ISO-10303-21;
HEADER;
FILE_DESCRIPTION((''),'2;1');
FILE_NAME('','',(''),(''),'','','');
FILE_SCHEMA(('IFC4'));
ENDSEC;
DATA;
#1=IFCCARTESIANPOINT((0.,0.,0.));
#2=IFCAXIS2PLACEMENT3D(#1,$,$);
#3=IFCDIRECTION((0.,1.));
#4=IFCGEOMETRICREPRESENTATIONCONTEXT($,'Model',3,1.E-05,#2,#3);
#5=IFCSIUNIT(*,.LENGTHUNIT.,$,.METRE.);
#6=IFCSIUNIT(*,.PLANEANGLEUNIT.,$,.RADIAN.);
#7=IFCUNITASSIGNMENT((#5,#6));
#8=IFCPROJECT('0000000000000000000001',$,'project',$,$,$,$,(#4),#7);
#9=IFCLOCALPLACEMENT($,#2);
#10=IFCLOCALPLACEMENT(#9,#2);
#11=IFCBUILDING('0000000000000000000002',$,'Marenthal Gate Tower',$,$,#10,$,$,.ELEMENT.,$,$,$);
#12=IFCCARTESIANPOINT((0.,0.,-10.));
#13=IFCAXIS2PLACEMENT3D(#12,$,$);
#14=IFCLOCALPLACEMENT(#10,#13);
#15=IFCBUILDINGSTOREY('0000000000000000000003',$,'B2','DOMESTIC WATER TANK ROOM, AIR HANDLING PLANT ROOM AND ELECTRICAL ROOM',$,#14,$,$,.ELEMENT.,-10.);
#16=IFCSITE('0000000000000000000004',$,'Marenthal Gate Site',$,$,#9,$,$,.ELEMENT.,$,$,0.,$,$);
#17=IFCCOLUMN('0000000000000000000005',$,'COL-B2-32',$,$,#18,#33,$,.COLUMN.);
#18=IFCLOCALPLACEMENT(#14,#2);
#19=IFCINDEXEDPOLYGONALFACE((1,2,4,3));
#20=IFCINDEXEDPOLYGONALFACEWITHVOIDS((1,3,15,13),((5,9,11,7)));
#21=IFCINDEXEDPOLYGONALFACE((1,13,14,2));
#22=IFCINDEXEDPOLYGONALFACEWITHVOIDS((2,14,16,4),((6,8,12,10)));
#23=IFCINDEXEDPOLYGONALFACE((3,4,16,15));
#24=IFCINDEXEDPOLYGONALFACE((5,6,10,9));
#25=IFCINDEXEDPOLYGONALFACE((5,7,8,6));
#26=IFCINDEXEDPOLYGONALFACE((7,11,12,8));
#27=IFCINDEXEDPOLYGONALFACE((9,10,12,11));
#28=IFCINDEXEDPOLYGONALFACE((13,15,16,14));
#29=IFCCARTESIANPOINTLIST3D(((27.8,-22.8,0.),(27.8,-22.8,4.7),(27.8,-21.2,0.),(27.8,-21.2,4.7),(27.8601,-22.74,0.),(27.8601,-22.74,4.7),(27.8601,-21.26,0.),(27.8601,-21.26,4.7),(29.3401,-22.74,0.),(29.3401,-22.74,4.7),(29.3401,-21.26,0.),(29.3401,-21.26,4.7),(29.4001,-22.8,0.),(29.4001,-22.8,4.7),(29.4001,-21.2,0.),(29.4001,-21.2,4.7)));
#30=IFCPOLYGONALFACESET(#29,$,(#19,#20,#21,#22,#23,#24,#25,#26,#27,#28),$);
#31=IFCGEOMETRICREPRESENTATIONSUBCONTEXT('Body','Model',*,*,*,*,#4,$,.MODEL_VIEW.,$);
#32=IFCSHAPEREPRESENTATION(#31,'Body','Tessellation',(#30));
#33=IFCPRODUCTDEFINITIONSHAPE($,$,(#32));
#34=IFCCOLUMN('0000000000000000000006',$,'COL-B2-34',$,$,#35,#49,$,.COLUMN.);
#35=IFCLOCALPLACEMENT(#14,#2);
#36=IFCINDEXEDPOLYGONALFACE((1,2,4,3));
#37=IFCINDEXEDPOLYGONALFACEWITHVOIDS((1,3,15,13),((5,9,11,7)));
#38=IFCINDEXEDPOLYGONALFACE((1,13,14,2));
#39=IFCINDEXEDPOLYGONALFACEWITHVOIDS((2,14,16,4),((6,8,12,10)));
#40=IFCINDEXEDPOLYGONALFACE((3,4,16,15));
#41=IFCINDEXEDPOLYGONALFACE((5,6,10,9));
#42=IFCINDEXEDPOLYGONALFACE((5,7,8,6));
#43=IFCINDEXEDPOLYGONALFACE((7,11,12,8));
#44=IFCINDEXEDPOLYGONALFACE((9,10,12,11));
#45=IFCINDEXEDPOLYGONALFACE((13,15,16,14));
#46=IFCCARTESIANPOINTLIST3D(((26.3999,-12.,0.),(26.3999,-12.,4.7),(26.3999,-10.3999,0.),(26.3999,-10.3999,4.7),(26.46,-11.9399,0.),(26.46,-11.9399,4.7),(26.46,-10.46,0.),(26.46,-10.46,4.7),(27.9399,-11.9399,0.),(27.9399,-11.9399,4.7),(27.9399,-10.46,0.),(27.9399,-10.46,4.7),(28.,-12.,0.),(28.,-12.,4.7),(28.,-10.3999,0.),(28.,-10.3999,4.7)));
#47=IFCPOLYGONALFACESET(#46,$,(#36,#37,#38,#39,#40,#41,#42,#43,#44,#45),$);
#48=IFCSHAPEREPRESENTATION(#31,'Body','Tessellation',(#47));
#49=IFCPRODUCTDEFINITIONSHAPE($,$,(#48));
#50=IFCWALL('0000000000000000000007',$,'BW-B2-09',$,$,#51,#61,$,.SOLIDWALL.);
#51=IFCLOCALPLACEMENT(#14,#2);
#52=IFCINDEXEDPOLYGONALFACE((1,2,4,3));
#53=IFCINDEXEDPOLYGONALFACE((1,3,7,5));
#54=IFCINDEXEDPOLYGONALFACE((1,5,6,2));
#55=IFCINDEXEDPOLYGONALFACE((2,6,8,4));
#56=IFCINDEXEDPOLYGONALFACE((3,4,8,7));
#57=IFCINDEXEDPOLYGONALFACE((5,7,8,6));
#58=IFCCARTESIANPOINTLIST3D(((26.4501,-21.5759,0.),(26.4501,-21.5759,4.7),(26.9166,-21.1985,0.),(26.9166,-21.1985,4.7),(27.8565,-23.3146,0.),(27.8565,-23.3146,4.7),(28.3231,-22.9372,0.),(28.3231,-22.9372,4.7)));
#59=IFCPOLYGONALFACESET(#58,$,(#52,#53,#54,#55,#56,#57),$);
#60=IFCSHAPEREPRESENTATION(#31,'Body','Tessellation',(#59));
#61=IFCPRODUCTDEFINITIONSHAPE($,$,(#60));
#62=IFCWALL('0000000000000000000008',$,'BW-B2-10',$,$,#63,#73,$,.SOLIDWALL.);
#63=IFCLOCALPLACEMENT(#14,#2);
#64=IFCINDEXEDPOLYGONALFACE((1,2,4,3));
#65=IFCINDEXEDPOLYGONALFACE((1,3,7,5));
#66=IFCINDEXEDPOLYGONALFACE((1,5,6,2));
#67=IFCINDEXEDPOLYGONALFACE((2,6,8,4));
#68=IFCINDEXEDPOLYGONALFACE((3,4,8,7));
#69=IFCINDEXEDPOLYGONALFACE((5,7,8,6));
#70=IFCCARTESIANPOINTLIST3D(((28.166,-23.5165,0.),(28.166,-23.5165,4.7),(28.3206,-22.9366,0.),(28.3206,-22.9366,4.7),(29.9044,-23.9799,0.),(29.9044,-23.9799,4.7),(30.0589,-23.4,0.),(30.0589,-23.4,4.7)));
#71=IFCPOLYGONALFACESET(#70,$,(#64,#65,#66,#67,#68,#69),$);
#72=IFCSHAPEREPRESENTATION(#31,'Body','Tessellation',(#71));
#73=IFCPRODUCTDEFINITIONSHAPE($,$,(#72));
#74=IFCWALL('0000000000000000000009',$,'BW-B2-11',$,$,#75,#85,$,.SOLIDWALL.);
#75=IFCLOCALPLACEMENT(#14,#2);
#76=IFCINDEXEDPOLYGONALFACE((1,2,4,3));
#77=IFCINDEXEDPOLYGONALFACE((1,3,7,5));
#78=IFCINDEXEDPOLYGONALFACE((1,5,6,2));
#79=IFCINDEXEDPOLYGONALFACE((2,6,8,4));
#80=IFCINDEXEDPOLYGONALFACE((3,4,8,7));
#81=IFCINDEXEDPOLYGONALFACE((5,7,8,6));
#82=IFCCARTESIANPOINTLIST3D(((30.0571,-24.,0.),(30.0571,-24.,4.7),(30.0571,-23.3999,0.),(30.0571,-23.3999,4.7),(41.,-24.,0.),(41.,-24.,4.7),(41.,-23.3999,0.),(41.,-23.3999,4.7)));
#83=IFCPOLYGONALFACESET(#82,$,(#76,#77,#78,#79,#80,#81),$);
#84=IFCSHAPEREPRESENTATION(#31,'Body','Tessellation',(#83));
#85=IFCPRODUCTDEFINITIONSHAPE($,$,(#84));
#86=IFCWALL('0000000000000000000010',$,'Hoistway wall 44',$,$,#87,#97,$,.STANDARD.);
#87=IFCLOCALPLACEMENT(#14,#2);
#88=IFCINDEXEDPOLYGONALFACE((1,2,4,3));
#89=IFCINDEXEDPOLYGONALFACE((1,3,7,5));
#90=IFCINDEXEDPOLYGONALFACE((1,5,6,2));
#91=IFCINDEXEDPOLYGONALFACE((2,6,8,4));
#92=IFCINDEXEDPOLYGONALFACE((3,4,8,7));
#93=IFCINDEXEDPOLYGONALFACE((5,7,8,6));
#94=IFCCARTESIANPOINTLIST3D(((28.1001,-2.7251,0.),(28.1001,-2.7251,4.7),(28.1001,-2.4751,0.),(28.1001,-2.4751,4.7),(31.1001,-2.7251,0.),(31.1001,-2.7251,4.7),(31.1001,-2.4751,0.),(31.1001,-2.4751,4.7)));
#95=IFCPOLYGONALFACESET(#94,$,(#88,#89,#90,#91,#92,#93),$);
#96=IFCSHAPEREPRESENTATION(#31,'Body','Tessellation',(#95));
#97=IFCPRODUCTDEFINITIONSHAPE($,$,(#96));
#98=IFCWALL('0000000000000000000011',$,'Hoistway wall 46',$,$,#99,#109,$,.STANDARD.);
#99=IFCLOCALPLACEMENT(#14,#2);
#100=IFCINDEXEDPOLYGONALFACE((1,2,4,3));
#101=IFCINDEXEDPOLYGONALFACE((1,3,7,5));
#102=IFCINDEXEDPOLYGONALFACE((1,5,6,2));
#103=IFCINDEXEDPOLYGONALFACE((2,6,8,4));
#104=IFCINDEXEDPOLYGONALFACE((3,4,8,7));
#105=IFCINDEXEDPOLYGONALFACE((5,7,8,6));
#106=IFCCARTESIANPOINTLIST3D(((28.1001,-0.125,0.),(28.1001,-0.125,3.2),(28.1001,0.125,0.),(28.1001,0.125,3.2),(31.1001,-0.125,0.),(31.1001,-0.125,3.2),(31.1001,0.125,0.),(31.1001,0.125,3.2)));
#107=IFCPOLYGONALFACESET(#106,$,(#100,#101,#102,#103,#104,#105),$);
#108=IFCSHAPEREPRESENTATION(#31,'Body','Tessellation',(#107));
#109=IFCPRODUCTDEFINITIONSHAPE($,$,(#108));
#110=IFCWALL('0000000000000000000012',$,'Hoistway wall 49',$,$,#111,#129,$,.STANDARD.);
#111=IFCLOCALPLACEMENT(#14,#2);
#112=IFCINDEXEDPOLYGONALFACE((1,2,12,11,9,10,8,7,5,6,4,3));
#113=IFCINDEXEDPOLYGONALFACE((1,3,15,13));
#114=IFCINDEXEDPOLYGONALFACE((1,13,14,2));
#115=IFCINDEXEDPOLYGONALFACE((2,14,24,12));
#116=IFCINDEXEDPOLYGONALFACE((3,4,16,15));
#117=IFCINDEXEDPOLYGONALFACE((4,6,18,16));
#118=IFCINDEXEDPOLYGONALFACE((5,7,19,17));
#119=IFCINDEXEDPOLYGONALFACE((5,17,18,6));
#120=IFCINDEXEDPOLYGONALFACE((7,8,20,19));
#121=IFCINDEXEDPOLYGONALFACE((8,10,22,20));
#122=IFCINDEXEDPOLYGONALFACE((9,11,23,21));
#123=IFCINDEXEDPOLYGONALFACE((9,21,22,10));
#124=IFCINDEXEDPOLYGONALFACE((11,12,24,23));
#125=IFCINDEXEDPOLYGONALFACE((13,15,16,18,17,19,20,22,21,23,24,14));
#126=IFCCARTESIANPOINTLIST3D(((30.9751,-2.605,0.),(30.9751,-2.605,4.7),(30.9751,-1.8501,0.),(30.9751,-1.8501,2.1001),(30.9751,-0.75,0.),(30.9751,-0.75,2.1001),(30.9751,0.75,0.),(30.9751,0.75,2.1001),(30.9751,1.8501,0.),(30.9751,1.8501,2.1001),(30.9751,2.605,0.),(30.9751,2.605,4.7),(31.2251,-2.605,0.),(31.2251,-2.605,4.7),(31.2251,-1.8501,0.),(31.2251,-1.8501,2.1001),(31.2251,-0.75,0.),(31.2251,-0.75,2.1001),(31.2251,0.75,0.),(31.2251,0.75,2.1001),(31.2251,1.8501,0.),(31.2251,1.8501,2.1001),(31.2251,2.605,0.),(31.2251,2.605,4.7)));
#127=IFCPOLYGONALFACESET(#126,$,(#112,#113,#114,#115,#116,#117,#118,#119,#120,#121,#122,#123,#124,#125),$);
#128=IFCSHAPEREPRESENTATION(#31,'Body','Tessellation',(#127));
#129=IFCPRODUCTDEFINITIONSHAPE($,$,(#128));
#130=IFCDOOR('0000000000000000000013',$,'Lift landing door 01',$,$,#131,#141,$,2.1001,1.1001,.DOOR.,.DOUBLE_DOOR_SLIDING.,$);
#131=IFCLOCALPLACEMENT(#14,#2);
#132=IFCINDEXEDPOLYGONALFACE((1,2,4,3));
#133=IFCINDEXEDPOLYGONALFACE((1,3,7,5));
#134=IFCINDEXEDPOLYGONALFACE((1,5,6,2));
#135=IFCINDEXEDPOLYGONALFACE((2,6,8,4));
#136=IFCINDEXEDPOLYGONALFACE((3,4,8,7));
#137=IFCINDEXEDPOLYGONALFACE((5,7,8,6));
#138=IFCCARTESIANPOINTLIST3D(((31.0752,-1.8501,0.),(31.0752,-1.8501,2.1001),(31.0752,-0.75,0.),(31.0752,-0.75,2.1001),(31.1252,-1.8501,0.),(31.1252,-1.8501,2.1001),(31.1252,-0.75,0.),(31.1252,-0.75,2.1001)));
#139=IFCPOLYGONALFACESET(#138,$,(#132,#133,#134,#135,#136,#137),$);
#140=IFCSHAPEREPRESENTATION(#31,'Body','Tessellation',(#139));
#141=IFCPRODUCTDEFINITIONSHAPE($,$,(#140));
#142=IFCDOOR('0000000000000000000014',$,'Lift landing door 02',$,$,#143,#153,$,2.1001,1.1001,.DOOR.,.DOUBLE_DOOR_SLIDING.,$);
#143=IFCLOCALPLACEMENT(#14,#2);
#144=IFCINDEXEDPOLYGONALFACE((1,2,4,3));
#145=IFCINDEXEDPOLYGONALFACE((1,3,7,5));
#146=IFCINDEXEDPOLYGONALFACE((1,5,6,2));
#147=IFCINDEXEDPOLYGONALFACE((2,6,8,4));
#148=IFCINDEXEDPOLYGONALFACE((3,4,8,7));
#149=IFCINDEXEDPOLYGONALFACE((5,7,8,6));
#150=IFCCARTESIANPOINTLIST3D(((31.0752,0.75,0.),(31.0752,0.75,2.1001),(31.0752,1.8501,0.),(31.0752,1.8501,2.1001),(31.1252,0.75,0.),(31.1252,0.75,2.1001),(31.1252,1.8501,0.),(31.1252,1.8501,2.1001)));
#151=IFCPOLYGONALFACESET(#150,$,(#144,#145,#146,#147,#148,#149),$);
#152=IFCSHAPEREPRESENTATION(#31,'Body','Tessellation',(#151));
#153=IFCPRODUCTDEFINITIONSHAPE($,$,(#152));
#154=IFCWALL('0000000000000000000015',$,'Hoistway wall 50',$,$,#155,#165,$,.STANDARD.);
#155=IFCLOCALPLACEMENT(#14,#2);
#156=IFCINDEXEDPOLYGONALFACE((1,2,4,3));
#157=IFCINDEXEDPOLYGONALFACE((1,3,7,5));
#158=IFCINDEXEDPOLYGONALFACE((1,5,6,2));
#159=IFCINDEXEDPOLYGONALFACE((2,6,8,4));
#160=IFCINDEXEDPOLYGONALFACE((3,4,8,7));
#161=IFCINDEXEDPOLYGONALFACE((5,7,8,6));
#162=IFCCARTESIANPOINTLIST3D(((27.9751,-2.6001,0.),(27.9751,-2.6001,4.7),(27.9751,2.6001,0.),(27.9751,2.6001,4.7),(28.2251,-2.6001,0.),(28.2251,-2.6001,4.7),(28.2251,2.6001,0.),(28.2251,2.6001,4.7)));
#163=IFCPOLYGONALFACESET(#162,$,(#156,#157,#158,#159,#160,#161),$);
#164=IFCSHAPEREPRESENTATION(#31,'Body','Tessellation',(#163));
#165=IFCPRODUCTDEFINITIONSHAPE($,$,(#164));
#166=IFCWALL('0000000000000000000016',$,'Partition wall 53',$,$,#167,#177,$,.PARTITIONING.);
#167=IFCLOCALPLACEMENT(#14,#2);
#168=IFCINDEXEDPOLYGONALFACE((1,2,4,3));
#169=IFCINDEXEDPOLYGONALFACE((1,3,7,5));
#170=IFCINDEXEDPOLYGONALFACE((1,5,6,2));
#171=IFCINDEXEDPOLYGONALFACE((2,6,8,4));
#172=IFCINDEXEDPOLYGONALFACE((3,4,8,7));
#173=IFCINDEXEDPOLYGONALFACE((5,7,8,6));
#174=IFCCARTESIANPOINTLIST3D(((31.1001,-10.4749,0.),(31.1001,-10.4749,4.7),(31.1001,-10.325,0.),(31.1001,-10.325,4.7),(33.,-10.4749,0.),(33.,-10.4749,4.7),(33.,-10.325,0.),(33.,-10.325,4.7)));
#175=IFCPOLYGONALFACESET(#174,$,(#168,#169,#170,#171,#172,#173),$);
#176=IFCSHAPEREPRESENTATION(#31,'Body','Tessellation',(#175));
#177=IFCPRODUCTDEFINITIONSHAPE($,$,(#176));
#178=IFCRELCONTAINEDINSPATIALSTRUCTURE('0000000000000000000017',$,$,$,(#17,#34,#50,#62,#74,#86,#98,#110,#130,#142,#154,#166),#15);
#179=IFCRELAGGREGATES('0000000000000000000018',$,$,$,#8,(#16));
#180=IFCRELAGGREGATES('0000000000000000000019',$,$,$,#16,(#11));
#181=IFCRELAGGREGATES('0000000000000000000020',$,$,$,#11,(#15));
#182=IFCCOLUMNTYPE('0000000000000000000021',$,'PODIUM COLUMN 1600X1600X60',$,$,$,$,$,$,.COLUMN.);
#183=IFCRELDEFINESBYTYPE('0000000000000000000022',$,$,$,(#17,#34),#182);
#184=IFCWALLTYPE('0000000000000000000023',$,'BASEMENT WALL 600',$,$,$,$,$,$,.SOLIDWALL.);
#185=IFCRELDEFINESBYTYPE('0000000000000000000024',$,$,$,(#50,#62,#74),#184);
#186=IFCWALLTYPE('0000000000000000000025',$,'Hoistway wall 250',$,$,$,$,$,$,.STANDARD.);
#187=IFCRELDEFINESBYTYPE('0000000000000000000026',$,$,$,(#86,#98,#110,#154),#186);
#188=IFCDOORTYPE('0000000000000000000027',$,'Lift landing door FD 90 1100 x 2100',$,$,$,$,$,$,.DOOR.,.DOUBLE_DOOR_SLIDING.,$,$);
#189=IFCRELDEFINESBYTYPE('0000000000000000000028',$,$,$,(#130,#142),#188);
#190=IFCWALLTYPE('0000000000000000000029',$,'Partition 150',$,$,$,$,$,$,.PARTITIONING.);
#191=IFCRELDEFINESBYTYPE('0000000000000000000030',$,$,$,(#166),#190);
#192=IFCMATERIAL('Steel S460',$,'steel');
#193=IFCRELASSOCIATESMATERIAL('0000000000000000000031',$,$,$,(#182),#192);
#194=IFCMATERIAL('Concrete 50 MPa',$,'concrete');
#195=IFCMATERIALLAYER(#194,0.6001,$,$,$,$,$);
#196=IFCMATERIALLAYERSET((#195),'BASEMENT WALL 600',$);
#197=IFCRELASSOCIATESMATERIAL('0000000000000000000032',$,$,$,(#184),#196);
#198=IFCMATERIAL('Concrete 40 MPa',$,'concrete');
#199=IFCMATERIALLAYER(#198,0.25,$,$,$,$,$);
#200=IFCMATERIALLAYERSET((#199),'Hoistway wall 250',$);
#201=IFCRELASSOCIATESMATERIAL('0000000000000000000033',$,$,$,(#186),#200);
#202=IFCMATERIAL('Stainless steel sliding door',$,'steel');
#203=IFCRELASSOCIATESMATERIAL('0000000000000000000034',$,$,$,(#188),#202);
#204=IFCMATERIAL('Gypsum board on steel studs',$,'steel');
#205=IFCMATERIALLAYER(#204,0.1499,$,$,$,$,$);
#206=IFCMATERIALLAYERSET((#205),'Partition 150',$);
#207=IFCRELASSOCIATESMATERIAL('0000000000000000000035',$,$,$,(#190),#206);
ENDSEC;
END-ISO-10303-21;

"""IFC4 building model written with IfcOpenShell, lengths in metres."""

from ifc_helpers import new_model, si_unit, direction, frame, frame_2d, origin, origin_2d, place, context, subcontext, project, spatial, rectangle, hollow_rectangle, extrude, material, layer, layer_set, material_profile, profile_set, type_object, element, fill, save


model = new_model("IFC4")

# Units and contexts
model_context = context("Model", 3, precision=1e-05, world=origin(), true_north=direction((0.0, 1.0)))
body_context = subcontext(model_context, "Body", "Model", "MODEL_VIEW")
ifc_project = project(units=[si_unit("LENGTHUNIT", "METRE"), si_unit("PLANEANGLEUNIT", "RADIAN")], contexts=[model_context])

# Site, building, storey
site_placement = place(None, origin())
site = spatial("IfcSite", under=ifc_project, at=site_placement, Name="Marenthal Gate Site", CompositionType="ELEMENT", RefElevation=0.0)
building_placement = place(site_placement, origin())
building = spatial("IfcBuilding", under=site, at=building_placement, Name="Marenthal Gate Tower", CompositionType="ELEMENT")
storey_placement = place(building_placement, frame((0.0, 0.0, -10.0)))
storey = spatial("IfcBuildingStorey", under=building, at=storey_placement, Name="B2", Description="DOMESTIC WATER TANK ROOM, AIR HANDLING PLANT ROOM AND ELECTRICAL ROOM", CompositionType="ELEMENT", Elevation=-10.0)

# Columns
ifc_material_1 = material(Name="Steel S460", Category="steel")
ifc_material_profile_1 = material_profile(ifc_material_1, hollow_rectangle(XDim=1.6001, YDim=1.6001, WallThickness=0.0601, at=origin_2d()), Name="CFT BOX 1600X1600X60")
ifc_material_2 = material(Name="Concrete 70 MPa", Category="concrete")
ifc_material_profile_2 = material_profile(ifc_material_2, rectangle(XDim=1.48, YDim=1.48, at=origin_2d()), Name="CFT BOX 1600X1600X60 INFILL")
ifc_profile_set_1 = profile_set([ifc_material_profile_1, ifc_material_profile_2], Name="Steel S460 shell, Concrete 70 MPa infill")
column_type_1 = type_object("IfcColumnType", Name="PODIUM COLUMN 1600X1600X60", PredefinedType="COLUMN", material=ifc_profile_set_1)
for number, where, z_axis, x_axis, name in (
    (1, (28.6001, -22.0, 0.0), (0.0, 0.0, 1.0), (1.0, 0.0, 0.0), "COL-B2-32"),
    (2, (27.2, -11.2, 0.0), (0.0, 0.0, 1.0), (1.0, 0.0, 0.0), "COL-B2-34"),
):
    element("IfcColumn", number, at=place(storey_placement, frame(where, z_axis=z_axis, x_axis=x_axis)), inside=storey, type_object=column_type_1, Name=name, PredefinedType="COLUMN", context=body_context, shape_type="SweptSolid", body=[
        extrude(hollow_rectangle(XDim=1.6001, YDim=1.6001, WallThickness=0.0601, at=origin_2d()), origin(), (0.0, 0.0, 1.0), 4.7),
    ])

# Walls
ifc_material_3 = material(Name="Concrete 50 MPa", Category="concrete")
ifc_layer_1 = layer(ifc_material_3, 0.6001)
ifc_layer_set_1 = layer_set([ifc_layer_1], Name="BASEMENT WALL 600")
wall_type_1 = type_object("IfcWallType", Name="BASEMENT WALL 600", PredefinedType="SOLIDWALL", material=ifc_layer_set_1)
wall_1_placement = place(storey_placement, frame((26.6833, -21.3872, 0.0), z_axis=(0.0, 0.0, 1.0), x_axis=(0.628906, -0.777481, 0.0)))
element("IfcWall", 3, at=wall_1_placement, inside=storey, type_object=wall_type_1, Name="BW-B2-09", PredefinedType="SOLIDWALL", context=body_context, shape_type="SweptSolid", body=[
    extrude(rectangle(XDim=2.2363, YDim=0.6001, at=frame_2d((1.1182, 0.0))), origin(), (0.0, 0.0, 1.0), 4.7),
])
wall_2_placement = place(storey_placement, frame((28.2434, -23.2266, 0.0), z_axis=(0.0, 0.0, 1.0), x_axis=(0.966257, -0.257578, 0.0)))
element("IfcWall", 4, at=wall_2_placement, inside=storey, type_object=wall_type_1, Name="BW-B2-10", PredefinedType="SOLIDWALL", context=body_context, shape_type="SweptSolid", body=[
    extrude(rectangle(XDim=1.7991, YDim=0.6001, at=frame_2d((0.8994, 0.0))), origin(), (0.0, 0.0, 1.0), 4.7),
])
wall_3_placement = place(storey_placement, frame((30.0571, -23.7, 0.0), z_axis=(0.0, 0.0, 1.0), x_axis=(1.0, 0.0, 0.0)))
element("IfcWall", 5, at=wall_3_placement, inside=storey, type_object=wall_type_1, Name="BW-B2-11", PredefinedType="SOLIDWALL", context=body_context, shape_type="SweptSolid", body=[
    extrude(rectangle(XDim=10.9429, YDim=0.6001, at=frame_2d((5.4714, 0.0))), origin(), (0.0, 0.0, 1.0), 4.7),
])
ifc_material_4 = material(Name="Concrete 40 MPa", Category="concrete")
ifc_layer_2 = layer(ifc_material_4, 0.25)
ifc_layer_set_2 = layer_set([ifc_layer_2], Name="Hoistway wall 250")
wall_type_2 = type_object("IfcWallType", Name="Hoistway wall 250", PredefinedType="STANDARD", material=ifc_layer_set_2)
wall_4_placement = place(storey_placement, frame((28.1001, -2.6001, 0.0), z_axis=(0.0, 0.0, 1.0), x_axis=(1.0, 0.0, 0.0)))
element("IfcWall", 6, at=wall_4_placement, inside=storey, type_object=wall_type_2, Name="Hoistway wall 44", PredefinedType="STANDARD", context=body_context, shape_type="SweptSolid", body=[
    extrude(rectangle(XDim=3.0, YDim=0.25, at=frame_2d((1.5, 0.0))), origin(), (0.0, 0.0, 1.0), 4.7),
])
wall_5_placement = place(storey_placement, frame((28.1001, 0.0, 0.0), z_axis=(0.0, 0.0, 1.0), x_axis=(1.0, 0.0, 0.0)))
element("IfcWall", 7, at=wall_5_placement, inside=storey, type_object=wall_type_2, Name="Hoistway wall 46", PredefinedType="STANDARD", context=body_context, shape_type="SweptSolid", body=[
    extrude(rectangle(XDim=3.0, YDim=0.25, at=frame_2d((1.5, 0.0))), origin(), (0.0, 0.0, 1.0), 3.2),
])

# Wall, openings, doors
wall_6_placement = place(storey_placement, frame((31.1001, -2.605, 0.0), z_axis=(0.0, 0.0, 1.0), x_axis=(0.0, 1.0, 0.0)))
wall_6 = element("IfcWall", 8, at=wall_6_placement, inside=storey, type_object=wall_type_2, Name="Hoistway wall 49", PredefinedType="STANDARD", context=body_context, shape_type="SweptSolid", body=[
    extrude(rectangle(XDim=5.21, YDim=0.25, at=frame_2d((2.605, 0.0))), origin(), (0.0, 0.0, 1.0), 4.7),
])
opening_1_placement = place(wall_6_placement, frame((0.7549, 0.0, 0.0)))
opening_1 = element("IfcOpeningElement", 9, at=opening_1_placement, cuts=wall_6, PredefinedType="OPENING", context=body_context, shape_type="SweptSolid", body=[
    extrude(rectangle(XDim=1.1001, YDim=2.1001, at=frame_2d((0.55, 1.05))), frame((0.0, 0.135, 0.0), z_axis=(0.0, -1.0, 0.0), x_axis=(1.0, 0.0, 0.0)), (0.0, 0.0, 1.0), 0.27),
])
opening_2_placement = place(wall_6_placement, frame((3.355, 0.0, 0.0)))
opening_2 = element("IfcOpeningElement", 10, at=opening_2_placement, cuts=wall_6, PredefinedType="OPENING", context=body_context, shape_type="SweptSolid", body=[
    extrude(rectangle(XDim=1.1001, YDim=2.1001, at=frame_2d((0.55, 1.05))), frame((0.0, 0.135, 0.0), z_axis=(0.0, -1.0, 0.0), x_axis=(1.0, 0.0, 0.0)), (0.0, 0.0, 1.0), 0.27),
])
ifc_material_5 = material(Name="Stainless steel sliding door", Category="steel")
door_type_1 = type_object("IfcDoorType", Name="Lift landing door FD 90 1100 x 2100", OperationType="DOUBLE_DOOR_SLIDING", PredefinedType="DOOR", material=ifc_material_5)
door_1_placement = place(opening_1_placement, origin())
door_1 = element("IfcDoor", 11, at=door_1_placement, inside=storey, type_object=door_type_1, Name="Lift landing door 01", OperationType="DOUBLE_DOOR_SLIDING", OverallHeight=2.1001, OverallWidth=1.1001, PredefinedType="DOOR", context=body_context, shape_type="SweptSolid", body=[
    extrude(rectangle(XDim=1.1001, YDim=2.1001, at=frame_2d((0.55, 1.05))), frame((0.0, 0.0249, 0.0), z_axis=(0.0, -1.0, 0.0), x_axis=(1.0, 0.0, 0.0)), (0.0, 0.0, 1.0), 0.05),
])
fill(opening_1, door_1)
door_2_placement = place(opening_2_placement, origin())
door_2 = element("IfcDoor", 12, at=door_2_placement, inside=storey, type_object=door_type_1, Name="Lift landing door 02", OperationType="DOUBLE_DOOR_SLIDING", OverallHeight=2.1001, OverallWidth=1.1001, PredefinedType="DOOR", context=body_context, shape_type="SweptSolid", body=[
    extrude(rectangle(XDim=1.1001, YDim=2.1001, at=frame_2d((0.55, 1.05))), frame((0.0, 0.0249, 0.0), z_axis=(0.0, -1.0, 0.0), x_axis=(1.0, 0.0, 0.0)), (0.0, 0.0, 1.0), 0.05),
])
fill(opening_2, door_2)

# Walls
wall_7_placement = place(storey_placement, frame((28.1001, -2.6001, 0.0), z_axis=(0.0, 0.0, 1.0), x_axis=(0.0, 1.0, 0.0)))
element("IfcWall", 13, at=wall_7_placement, inside=storey, type_object=wall_type_2, Name="Hoistway wall 50", PredefinedType="STANDARD", context=body_context, shape_type="SweptSolid", body=[
    extrude(rectangle(XDim=5.2002, YDim=0.25, at=frame_2d((2.6001, 0.0))), origin(), (0.0, 0.0, 1.0), 4.7),
])
ifc_material_6 = material(Name="Gypsum board on steel studs", Category="steel")
ifc_layer_3 = layer(ifc_material_6, 0.1499)
ifc_layer_set_3 = layer_set([ifc_layer_3], Name="Partition 150")
wall_type_3 = type_object("IfcWallType", Name="Partition 150", PredefinedType="PARTITIONING", material=ifc_layer_set_3)
wall_8_placement = place(storey_placement, frame((31.1001, -10.3999, 0.0), z_axis=(0.0, 0.0, 1.0), x_axis=(1.0, 0.0, 0.0)))
element("IfcWall", 14, at=wall_8_placement, inside=storey, type_object=wall_type_3, Name="Partition wall 53", PredefinedType="PARTITIONING", context=body_context, shape_type="SweptSolid", body=[
    extrude(rectangle(XDim=1.8999, YDim=0.1499, at=frame_2d((0.95, 0.0))), origin(), (0.0, 0.0, 1.0), 4.7),
])

save(model, "model.ifc")
